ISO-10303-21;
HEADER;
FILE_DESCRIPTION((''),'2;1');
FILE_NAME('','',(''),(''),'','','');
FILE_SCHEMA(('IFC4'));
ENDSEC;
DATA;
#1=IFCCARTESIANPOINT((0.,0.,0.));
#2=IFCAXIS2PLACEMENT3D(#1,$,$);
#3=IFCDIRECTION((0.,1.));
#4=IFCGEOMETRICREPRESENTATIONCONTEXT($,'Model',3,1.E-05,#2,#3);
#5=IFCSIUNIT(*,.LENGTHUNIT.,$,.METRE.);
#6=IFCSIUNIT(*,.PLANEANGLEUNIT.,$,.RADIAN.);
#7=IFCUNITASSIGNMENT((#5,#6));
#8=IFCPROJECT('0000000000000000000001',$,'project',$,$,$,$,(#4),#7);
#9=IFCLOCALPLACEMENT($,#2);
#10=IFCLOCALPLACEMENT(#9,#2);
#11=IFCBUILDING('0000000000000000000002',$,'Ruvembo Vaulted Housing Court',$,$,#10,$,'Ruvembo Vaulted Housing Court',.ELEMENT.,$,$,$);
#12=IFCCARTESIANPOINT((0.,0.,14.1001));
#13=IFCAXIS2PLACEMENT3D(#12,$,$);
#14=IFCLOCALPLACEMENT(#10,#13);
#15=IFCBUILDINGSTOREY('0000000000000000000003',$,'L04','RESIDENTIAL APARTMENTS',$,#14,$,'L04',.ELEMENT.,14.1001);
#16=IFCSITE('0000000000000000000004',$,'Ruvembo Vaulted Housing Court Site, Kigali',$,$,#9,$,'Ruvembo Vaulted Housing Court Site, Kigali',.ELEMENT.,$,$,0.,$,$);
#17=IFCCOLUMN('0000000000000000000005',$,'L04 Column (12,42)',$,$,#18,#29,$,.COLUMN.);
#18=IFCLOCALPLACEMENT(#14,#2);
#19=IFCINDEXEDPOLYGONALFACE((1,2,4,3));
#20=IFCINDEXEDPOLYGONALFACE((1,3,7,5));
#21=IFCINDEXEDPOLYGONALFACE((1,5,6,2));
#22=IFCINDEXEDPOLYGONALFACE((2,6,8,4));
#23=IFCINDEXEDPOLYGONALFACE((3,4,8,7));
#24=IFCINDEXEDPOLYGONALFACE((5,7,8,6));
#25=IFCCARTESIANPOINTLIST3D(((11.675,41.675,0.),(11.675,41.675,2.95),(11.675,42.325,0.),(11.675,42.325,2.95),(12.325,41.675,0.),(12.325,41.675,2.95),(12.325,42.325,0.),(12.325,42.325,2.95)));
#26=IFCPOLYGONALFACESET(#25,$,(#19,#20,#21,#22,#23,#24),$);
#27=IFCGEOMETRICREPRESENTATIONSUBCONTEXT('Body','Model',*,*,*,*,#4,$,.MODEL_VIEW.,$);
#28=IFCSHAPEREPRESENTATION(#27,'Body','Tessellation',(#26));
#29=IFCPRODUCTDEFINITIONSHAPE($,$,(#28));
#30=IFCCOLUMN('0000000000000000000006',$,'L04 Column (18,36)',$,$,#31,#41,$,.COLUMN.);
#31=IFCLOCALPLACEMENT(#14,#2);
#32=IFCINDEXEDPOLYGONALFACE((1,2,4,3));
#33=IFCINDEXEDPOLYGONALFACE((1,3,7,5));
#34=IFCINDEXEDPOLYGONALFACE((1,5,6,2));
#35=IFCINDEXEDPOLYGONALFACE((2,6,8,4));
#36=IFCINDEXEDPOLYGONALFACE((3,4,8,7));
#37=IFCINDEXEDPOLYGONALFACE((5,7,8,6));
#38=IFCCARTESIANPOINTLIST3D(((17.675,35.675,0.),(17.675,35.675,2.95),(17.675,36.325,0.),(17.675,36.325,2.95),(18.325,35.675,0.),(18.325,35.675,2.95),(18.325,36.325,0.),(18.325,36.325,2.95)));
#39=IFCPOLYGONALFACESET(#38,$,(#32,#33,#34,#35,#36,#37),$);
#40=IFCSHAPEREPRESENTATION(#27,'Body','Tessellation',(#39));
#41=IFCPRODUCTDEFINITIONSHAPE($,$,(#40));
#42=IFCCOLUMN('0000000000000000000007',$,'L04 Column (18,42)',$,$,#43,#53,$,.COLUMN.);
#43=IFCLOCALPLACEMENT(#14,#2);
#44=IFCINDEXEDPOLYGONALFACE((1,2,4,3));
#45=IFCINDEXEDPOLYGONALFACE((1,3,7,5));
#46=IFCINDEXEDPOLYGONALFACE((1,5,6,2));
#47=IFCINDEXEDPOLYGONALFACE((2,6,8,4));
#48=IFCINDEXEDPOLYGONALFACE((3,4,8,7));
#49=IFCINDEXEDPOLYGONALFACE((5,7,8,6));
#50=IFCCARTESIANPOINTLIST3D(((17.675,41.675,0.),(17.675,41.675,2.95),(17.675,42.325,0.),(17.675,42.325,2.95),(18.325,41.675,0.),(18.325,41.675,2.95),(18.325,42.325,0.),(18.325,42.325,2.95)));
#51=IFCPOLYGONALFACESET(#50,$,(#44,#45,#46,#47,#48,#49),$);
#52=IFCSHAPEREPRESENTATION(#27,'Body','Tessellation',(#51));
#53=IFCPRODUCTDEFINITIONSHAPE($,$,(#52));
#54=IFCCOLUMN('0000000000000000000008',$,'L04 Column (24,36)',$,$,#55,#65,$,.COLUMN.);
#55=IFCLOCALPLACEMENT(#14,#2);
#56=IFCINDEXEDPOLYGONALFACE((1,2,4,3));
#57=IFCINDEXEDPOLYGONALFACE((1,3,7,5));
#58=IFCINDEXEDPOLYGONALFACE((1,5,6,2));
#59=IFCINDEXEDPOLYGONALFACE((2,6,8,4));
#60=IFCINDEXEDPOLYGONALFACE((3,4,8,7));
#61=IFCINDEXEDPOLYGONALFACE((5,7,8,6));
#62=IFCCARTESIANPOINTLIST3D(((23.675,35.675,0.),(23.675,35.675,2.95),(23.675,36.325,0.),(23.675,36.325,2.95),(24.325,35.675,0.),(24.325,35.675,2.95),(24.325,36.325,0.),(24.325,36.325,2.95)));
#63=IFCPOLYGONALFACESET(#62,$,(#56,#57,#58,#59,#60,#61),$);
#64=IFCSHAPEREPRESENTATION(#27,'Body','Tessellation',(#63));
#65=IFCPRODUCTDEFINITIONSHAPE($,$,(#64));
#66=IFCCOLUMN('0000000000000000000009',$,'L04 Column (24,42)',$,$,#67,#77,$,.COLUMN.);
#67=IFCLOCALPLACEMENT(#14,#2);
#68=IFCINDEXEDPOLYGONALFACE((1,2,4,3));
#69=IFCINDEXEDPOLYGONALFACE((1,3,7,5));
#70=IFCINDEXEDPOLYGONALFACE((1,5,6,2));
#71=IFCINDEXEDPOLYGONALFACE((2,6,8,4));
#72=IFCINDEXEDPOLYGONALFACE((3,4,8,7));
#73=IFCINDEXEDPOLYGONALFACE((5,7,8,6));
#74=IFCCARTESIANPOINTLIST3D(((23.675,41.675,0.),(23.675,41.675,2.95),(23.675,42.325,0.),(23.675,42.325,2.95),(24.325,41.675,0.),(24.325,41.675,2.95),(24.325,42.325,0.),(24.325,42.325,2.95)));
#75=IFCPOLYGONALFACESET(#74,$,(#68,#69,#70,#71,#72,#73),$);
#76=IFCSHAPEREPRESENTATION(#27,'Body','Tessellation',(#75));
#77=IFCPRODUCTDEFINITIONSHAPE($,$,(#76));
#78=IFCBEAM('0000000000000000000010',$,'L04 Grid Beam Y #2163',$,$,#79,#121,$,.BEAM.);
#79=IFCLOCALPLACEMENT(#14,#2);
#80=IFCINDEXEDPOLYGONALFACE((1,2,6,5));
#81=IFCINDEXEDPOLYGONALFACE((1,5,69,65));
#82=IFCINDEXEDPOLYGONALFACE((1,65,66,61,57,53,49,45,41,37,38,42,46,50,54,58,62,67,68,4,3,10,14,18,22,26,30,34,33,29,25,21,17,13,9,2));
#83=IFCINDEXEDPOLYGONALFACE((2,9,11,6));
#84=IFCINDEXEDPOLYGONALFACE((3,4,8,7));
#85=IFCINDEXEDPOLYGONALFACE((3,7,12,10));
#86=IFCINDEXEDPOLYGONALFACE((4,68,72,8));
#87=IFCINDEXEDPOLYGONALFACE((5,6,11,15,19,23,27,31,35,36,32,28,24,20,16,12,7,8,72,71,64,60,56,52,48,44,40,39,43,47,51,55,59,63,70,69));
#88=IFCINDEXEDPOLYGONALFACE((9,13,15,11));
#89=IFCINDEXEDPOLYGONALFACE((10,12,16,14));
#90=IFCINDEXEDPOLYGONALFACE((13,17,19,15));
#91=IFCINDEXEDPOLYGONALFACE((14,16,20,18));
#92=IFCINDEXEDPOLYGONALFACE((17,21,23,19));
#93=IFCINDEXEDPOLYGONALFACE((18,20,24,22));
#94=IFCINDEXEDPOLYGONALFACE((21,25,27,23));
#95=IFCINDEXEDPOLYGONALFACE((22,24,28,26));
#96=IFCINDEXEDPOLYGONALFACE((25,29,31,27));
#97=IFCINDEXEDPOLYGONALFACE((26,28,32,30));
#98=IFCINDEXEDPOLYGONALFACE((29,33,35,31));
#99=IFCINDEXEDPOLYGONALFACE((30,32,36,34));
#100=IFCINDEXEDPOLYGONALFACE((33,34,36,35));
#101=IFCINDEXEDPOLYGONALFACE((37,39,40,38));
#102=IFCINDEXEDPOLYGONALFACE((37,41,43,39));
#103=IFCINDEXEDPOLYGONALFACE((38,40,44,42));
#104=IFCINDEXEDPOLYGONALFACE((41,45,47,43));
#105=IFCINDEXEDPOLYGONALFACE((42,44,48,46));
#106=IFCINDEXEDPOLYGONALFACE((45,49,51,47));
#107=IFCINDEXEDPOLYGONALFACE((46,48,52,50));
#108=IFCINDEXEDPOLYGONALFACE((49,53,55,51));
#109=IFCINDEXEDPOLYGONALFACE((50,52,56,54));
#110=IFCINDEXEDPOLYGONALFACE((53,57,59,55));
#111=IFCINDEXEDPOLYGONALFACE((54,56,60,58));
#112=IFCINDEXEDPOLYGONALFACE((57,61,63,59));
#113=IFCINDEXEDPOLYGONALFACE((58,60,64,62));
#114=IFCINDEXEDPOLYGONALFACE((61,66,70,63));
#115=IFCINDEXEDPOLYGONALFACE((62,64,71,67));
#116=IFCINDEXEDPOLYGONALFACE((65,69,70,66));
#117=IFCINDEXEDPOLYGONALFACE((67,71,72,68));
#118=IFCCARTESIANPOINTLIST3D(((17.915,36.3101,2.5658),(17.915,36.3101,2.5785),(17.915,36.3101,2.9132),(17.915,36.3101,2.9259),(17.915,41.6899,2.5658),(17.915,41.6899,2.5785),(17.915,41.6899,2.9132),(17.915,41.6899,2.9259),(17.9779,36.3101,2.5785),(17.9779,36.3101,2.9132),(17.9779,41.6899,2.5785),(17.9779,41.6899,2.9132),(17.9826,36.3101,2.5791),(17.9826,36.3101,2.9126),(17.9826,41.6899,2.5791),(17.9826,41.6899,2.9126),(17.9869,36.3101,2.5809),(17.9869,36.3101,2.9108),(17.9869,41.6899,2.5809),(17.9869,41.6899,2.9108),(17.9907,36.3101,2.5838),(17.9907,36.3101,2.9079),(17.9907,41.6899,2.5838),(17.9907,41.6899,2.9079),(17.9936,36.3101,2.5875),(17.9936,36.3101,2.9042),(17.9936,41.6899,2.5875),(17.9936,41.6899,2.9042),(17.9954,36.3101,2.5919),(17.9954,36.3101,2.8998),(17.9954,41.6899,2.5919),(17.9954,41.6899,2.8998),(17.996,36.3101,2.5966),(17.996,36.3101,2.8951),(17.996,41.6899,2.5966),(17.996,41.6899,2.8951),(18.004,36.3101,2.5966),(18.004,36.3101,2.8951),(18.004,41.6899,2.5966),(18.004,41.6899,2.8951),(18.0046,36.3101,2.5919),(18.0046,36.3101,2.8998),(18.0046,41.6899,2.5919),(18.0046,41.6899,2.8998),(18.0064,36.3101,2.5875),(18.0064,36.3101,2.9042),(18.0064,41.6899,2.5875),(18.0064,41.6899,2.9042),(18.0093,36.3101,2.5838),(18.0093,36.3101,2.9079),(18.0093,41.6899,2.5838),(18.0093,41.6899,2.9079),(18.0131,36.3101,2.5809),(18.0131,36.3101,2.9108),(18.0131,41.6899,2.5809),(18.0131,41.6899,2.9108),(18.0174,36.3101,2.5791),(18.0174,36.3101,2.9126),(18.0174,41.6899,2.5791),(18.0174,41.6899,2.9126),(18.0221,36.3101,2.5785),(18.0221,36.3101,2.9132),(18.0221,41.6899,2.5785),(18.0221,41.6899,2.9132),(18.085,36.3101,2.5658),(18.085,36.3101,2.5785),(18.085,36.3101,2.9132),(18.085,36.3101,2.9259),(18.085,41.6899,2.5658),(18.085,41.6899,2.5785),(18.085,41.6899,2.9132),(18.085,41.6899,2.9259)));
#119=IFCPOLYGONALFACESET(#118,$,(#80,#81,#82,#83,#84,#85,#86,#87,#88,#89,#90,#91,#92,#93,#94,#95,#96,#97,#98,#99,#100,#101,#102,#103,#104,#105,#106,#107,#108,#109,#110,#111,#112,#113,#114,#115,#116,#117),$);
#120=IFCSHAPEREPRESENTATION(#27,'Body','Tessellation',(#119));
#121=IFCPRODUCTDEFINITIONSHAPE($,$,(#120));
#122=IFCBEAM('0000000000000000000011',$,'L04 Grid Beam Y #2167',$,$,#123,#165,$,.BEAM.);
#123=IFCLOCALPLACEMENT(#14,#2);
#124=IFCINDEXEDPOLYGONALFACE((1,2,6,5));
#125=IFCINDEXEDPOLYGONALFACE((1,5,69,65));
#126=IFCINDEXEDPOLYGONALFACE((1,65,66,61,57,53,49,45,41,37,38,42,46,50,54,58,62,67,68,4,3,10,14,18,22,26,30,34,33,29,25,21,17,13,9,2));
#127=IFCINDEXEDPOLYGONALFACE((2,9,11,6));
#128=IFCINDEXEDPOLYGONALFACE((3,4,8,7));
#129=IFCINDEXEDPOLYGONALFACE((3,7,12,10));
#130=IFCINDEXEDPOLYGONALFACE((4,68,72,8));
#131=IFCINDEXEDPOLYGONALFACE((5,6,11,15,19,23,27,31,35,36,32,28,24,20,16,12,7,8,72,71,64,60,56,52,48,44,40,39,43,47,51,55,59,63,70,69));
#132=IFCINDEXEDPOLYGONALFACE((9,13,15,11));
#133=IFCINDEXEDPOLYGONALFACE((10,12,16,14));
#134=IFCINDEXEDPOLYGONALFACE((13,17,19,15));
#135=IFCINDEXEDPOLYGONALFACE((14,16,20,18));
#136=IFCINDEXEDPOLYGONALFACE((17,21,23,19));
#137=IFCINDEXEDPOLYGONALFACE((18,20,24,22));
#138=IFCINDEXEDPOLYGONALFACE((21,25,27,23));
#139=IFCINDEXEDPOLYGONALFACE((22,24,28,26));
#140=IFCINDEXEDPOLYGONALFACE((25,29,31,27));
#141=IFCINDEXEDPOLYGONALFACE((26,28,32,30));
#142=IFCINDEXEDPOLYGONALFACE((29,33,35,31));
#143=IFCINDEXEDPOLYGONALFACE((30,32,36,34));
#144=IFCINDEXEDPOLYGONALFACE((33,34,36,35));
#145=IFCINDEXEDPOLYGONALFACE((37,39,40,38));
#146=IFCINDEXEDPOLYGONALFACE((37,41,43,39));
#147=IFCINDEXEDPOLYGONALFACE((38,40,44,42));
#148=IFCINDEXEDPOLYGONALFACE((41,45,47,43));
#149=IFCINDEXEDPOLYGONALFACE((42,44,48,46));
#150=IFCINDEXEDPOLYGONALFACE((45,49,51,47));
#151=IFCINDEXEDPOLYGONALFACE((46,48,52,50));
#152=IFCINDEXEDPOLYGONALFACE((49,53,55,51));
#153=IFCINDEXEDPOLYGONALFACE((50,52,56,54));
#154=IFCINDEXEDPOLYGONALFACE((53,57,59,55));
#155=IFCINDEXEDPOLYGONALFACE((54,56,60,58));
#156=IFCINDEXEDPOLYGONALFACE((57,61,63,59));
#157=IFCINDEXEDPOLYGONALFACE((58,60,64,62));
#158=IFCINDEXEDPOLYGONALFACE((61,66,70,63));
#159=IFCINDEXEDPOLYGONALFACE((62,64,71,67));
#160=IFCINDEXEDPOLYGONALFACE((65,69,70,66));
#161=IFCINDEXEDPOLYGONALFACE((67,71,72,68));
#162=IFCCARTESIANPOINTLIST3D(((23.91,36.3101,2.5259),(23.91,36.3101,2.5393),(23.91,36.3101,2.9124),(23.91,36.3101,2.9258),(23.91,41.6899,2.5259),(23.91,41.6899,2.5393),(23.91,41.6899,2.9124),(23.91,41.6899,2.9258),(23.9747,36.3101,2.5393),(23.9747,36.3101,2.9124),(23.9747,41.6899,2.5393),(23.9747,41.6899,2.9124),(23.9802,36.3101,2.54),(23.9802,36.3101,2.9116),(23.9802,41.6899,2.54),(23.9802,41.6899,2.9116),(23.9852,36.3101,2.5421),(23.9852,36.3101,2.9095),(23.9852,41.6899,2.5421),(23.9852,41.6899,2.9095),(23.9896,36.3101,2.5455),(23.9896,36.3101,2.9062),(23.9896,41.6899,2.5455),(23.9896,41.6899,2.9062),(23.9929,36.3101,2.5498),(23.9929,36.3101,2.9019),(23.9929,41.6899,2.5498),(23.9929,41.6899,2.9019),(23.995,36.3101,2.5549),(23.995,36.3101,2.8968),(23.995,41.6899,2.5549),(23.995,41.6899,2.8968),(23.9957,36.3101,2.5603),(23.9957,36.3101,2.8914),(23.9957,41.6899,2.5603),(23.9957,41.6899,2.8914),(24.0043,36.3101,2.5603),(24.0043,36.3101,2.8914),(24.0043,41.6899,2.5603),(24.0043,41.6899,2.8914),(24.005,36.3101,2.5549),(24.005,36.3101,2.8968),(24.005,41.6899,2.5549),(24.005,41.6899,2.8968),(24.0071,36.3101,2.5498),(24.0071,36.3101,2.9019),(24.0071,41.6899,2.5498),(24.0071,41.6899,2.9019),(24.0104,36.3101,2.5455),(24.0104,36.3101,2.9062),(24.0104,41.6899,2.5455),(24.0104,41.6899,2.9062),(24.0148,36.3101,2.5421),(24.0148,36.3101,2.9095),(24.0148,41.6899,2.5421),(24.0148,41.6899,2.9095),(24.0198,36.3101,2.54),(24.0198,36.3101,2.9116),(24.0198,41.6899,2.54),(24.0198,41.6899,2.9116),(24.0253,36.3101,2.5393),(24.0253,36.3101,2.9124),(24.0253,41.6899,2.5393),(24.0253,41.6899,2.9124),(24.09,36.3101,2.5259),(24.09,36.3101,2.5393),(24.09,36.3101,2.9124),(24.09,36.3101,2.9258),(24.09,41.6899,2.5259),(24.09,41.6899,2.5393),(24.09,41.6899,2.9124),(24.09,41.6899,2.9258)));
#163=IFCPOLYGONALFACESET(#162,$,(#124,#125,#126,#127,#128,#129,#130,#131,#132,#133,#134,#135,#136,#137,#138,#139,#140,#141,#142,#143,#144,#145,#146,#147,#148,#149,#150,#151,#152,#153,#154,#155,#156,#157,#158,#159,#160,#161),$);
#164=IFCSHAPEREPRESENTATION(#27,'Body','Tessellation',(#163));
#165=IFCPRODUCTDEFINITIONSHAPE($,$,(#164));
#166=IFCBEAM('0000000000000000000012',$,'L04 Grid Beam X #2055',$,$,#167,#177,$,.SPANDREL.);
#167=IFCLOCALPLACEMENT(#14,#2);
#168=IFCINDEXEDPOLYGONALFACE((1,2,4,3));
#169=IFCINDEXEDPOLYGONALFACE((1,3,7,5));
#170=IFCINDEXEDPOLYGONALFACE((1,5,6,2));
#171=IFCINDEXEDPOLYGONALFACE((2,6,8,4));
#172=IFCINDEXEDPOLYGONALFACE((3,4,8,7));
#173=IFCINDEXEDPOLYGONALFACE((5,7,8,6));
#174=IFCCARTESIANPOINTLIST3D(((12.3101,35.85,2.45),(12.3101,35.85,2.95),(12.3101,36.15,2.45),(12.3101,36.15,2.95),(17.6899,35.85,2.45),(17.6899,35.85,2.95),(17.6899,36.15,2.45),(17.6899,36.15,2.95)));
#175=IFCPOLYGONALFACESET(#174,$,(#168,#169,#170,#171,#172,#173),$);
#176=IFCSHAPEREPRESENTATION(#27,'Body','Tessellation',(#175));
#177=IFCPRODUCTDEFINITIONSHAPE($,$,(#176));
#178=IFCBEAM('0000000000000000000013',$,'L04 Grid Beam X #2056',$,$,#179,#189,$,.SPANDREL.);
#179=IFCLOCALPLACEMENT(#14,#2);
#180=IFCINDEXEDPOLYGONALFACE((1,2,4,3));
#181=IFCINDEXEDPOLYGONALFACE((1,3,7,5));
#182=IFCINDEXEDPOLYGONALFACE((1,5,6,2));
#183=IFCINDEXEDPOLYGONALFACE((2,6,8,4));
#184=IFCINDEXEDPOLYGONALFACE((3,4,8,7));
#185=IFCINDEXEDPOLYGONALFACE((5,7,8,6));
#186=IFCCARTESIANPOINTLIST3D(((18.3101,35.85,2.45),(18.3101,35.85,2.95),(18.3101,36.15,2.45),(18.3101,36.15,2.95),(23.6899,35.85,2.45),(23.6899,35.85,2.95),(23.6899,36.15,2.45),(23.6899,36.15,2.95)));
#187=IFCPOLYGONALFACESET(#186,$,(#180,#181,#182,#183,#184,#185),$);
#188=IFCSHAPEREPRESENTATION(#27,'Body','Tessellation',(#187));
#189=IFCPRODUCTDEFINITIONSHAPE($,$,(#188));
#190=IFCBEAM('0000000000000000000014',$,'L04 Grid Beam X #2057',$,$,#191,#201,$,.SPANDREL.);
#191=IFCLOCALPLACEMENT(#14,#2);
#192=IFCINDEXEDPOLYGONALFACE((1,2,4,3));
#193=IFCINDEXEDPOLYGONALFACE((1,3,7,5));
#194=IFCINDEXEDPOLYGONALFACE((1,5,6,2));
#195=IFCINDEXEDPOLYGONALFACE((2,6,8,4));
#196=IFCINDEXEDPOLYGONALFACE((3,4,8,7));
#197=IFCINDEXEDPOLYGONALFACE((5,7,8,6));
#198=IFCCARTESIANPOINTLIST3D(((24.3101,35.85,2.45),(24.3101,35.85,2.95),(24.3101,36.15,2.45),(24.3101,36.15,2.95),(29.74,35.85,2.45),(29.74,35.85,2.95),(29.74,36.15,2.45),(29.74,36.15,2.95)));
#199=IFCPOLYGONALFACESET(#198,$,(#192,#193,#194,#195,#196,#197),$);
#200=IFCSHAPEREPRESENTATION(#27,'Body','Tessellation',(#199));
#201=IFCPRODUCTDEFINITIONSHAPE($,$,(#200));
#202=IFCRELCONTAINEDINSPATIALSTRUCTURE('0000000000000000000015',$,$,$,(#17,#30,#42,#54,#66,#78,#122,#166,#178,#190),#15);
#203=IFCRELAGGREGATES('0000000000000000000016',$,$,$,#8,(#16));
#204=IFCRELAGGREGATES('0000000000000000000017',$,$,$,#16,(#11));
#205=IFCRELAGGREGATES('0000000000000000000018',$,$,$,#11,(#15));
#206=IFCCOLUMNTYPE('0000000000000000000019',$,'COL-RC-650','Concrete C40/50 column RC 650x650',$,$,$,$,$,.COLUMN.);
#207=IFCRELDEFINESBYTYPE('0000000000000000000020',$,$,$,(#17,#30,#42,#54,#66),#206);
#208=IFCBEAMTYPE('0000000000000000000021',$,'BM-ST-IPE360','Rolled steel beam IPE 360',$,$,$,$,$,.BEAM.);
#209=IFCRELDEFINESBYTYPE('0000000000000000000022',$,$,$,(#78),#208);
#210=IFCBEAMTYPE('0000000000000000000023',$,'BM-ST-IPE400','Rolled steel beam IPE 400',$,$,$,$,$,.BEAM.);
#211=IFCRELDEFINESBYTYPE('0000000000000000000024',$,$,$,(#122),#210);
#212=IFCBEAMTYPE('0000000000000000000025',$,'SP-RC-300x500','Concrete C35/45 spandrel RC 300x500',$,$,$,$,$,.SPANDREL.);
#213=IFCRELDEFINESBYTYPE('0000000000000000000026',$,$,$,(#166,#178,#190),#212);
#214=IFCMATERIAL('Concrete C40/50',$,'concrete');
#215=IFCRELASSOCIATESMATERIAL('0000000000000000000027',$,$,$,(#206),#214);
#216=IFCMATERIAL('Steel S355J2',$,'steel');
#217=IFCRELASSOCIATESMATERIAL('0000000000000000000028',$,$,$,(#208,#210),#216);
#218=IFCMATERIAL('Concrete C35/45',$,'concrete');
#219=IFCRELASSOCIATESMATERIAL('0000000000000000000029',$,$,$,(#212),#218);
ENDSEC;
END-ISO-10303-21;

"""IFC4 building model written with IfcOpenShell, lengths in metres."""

from ifc_helpers import new_model, si_unit, direction, frame, origin, origin_2d, place, context, subcontext, project, spatial, rectangle, i_section, extrude, material, material_profile, profile_set, type_object, element, save


model = new_model("IFC4")

# Units and contexts
model_context = context("Model", 3, precision=1e-05, world=origin(), true_north=direction((0.0, 1.0)))
body_context = subcontext(model_context, "Body", "Model", "MODEL_VIEW")
ifc_project = project(units=[si_unit("LENGTHUNIT", "METRE"), si_unit("PLANEANGLEUNIT", "RADIAN")], contexts=[model_context])

# Site, building, storey
site_placement = place(None, origin())
site = spatial("IfcSite", under=ifc_project, at=site_placement, Name="Ruvembo Vaulted Housing Court Site, Kigali", LongName="Ruvembo Vaulted Housing Court Site, Kigali", CompositionType="ELEMENT", RefElevation=0.0)
building_placement = place(site_placement, origin())
building = spatial("IfcBuilding", under=site, at=building_placement, Name="Ruvembo Vaulted Housing Court", LongName="Ruvembo Vaulted Housing Court", CompositionType="ELEMENT")
storey_placement = place(building_placement, frame((0.0, 0.0, 14.1001)))
storey = spatial("IfcBuildingStorey", under=building, at=storey_placement, Name="L04", Description="RESIDENTIAL APARTMENTS", LongName="L04", CompositionType="ELEMENT", Elevation=14.1001)

# Columns
ifc_material_1 = material(Name="Concrete C40/50", Category="concrete")
ifc_material_profile_1 = material_profile(ifc_material_1, rectangle(XDim=0.6499, YDim=0.6499, at=origin_2d()), Name="RC 650x650")
ifc_profile_set_1 = profile_set([ifc_material_profile_1], Name="Concrete C40/50")
column_type = type_object("IfcColumnType", Name="COL-RC-650", Description="Concrete C40/50 column RC 650x650", PredefinedType="COLUMN", material=ifc_profile_set_1)
for number, where, z_axis, x_axis, name in (
    (1, (12.0, 42.0, 0.0), (0.0, 0.0, 1.0), (1.0, 0.0, 0.0), "L04 Column (12,42)"),
    (2, (18.0, 36.0, 0.0), (0.0, 0.0, 1.0), (1.0, 0.0, 0.0), "L04 Column (18,36)"),
    (3, (18.0, 42.0, 0.0), (0.0, 0.0, 1.0), (1.0, 0.0, 0.0), "L04 Column (18,42)"),
    (4, (24.0, 36.0, 0.0), (0.0, 0.0, 1.0), (1.0, 0.0, 0.0), "L04 Column (24,36)"),
    (5, (24.0, 42.0, 0.0), (0.0, 0.0, 1.0), (1.0, 0.0, 0.0), "L04 Column (24,42)"),
):
    element("IfcColumn", number, at=place(storey_placement, frame(where, z_axis=z_axis, x_axis=x_axis)), inside=storey, type_object=column_type, Name=name, PredefinedType="COLUMN", context=body_context, shape_type="SweptSolid", body=[
        extrude(rectangle(XDim=0.6499, YDim=0.6499, at=origin_2d()), origin(), (0.0, 0.0, 1.0), 2.95),
    ])

# Beams
ifc_material_2 = material(Name="Steel S355J2", Category="steel")
ifc_material_profile_2 = material_profile(ifc_material_2, i_section(OverallWidth=0.1699, OverallDepth=0.3601, WebThickness=0.0081, FlangeThickness=0.0127, FilletRadius=0.0181, at=origin_2d()), Name="IPE 360")
ifc_profile_set_2 = profile_set([ifc_material_profile_2], Name="Steel S355J2")
beam_type_1 = type_object("IfcBeamType", Name="BM-ST-IPE360", Description="Rolled steel beam IPE 360", PredefinedType="BEAM", material=ifc_profile_set_2)
beam_1_placement = place(storey_placement, frame((18.0, 36.3101, 2.7458), z_axis=(0.0, 1.0, 0.0), x_axis=(-1.0, 0.0, 0.0)))
element("IfcBeam", 6, at=beam_1_placement, inside=storey, type_object=beam_type_1, Name="L04 Grid Beam Y #2163", PredefinedType="BEAM", context=body_context, shape_type="SweptSolid", body=[
    extrude(i_section(OverallWidth=0.1699, OverallDepth=0.3601, WebThickness=0.0081, FlangeThickness=0.0127, FilletRadius=0.0181, at=origin_2d()), origin(), (0.0, 0.0, 1.0), 5.3799),
])
ifc_material_profile_3 = material_profile(ifc_material_2, i_section(OverallWidth=0.1799, OverallDepth=0.3999, WebThickness=0.0085, FlangeThickness=0.0134, FilletRadius=0.021, at=origin_2d()), Name="IPE 400")
ifc_profile_set_3 = profile_set([ifc_material_profile_3], Name="Steel S355J2")
beam_type_2 = type_object("IfcBeamType", Name="BM-ST-IPE400", Description="Rolled steel beam IPE 400", PredefinedType="BEAM", material=ifc_profile_set_3)
beam_2_placement = place(storey_placement, frame((24.0, 36.3101, 2.7258), z_axis=(0.0, 1.0, 0.0), x_axis=(-1.0, 0.0, 0.0)))
element("IfcBeam", 7, at=beam_2_placement, inside=storey, type_object=beam_type_2, Name="L04 Grid Beam Y #2167", PredefinedType="BEAM", context=body_context, shape_type="SweptSolid", body=[
    extrude(i_section(OverallWidth=0.1799, OverallDepth=0.3999, WebThickness=0.0085, FlangeThickness=0.0134, FilletRadius=0.021, at=origin_2d()), origin(), (0.0, 0.0, 1.0), 5.3799),
])
ifc_material_3 = material(Name="Concrete C35/45", Category="concrete")
ifc_material_profile_4 = material_profile(ifc_material_3, rectangle(XDim=0.3, YDim=0.5, at=origin_2d()), Name="RC 300x500")
ifc_profile_set_4 = profile_set([ifc_material_profile_4], Name="Concrete C35/45")
beam_type_3 = type_object("IfcBeamType", Name="SP-RC-300x500", Description="Concrete C35/45 spandrel RC 300x500", PredefinedType="SPANDREL", material=ifc_profile_set_4)
for number, where, z_axis, x_axis, name in (
    (8, (12.3101, 36.0, 2.7), (1.0, 0.0, 0.0), (0.0, 1.0, 0.0), "L04 Grid Beam X #2055"),
    (9, (18.3101, 36.0, 2.7), (1.0, 0.0, 0.0), (0.0, 1.0, 0.0), "L04 Grid Beam X #2056"),
):
    element("IfcBeam", number, at=place(storey_placement, frame(where, z_axis=z_axis, x_axis=x_axis)), inside=storey, type_object=beam_type_3, Name=name, PredefinedType="SPANDREL", context=body_context, shape_type="SweptSolid", body=[
        extrude(rectangle(XDim=0.3, YDim=0.5, at=origin_2d()), origin(), (0.0, 0.0, 1.0), 5.3799),
    ])
beam_3_placement = place(storey_placement, frame((24.3101, 36.0, 2.7), z_axis=(1.0, 0.0, 0.0), x_axis=(0.0, 1.0, 0.0)))
element("IfcBeam", 10, at=beam_3_placement, inside=storey, type_object=beam_type_3, Name="L04 Grid Beam X #2057", PredefinedType="SPANDREL", context=body_context, shape_type="SweptSolid", body=[
    extrude(rectangle(XDim=0.3, YDim=0.5, at=origin_2d()), origin(), (0.0, 0.0, 1.0), 5.4299),
])

save(model, "model.ifc")
